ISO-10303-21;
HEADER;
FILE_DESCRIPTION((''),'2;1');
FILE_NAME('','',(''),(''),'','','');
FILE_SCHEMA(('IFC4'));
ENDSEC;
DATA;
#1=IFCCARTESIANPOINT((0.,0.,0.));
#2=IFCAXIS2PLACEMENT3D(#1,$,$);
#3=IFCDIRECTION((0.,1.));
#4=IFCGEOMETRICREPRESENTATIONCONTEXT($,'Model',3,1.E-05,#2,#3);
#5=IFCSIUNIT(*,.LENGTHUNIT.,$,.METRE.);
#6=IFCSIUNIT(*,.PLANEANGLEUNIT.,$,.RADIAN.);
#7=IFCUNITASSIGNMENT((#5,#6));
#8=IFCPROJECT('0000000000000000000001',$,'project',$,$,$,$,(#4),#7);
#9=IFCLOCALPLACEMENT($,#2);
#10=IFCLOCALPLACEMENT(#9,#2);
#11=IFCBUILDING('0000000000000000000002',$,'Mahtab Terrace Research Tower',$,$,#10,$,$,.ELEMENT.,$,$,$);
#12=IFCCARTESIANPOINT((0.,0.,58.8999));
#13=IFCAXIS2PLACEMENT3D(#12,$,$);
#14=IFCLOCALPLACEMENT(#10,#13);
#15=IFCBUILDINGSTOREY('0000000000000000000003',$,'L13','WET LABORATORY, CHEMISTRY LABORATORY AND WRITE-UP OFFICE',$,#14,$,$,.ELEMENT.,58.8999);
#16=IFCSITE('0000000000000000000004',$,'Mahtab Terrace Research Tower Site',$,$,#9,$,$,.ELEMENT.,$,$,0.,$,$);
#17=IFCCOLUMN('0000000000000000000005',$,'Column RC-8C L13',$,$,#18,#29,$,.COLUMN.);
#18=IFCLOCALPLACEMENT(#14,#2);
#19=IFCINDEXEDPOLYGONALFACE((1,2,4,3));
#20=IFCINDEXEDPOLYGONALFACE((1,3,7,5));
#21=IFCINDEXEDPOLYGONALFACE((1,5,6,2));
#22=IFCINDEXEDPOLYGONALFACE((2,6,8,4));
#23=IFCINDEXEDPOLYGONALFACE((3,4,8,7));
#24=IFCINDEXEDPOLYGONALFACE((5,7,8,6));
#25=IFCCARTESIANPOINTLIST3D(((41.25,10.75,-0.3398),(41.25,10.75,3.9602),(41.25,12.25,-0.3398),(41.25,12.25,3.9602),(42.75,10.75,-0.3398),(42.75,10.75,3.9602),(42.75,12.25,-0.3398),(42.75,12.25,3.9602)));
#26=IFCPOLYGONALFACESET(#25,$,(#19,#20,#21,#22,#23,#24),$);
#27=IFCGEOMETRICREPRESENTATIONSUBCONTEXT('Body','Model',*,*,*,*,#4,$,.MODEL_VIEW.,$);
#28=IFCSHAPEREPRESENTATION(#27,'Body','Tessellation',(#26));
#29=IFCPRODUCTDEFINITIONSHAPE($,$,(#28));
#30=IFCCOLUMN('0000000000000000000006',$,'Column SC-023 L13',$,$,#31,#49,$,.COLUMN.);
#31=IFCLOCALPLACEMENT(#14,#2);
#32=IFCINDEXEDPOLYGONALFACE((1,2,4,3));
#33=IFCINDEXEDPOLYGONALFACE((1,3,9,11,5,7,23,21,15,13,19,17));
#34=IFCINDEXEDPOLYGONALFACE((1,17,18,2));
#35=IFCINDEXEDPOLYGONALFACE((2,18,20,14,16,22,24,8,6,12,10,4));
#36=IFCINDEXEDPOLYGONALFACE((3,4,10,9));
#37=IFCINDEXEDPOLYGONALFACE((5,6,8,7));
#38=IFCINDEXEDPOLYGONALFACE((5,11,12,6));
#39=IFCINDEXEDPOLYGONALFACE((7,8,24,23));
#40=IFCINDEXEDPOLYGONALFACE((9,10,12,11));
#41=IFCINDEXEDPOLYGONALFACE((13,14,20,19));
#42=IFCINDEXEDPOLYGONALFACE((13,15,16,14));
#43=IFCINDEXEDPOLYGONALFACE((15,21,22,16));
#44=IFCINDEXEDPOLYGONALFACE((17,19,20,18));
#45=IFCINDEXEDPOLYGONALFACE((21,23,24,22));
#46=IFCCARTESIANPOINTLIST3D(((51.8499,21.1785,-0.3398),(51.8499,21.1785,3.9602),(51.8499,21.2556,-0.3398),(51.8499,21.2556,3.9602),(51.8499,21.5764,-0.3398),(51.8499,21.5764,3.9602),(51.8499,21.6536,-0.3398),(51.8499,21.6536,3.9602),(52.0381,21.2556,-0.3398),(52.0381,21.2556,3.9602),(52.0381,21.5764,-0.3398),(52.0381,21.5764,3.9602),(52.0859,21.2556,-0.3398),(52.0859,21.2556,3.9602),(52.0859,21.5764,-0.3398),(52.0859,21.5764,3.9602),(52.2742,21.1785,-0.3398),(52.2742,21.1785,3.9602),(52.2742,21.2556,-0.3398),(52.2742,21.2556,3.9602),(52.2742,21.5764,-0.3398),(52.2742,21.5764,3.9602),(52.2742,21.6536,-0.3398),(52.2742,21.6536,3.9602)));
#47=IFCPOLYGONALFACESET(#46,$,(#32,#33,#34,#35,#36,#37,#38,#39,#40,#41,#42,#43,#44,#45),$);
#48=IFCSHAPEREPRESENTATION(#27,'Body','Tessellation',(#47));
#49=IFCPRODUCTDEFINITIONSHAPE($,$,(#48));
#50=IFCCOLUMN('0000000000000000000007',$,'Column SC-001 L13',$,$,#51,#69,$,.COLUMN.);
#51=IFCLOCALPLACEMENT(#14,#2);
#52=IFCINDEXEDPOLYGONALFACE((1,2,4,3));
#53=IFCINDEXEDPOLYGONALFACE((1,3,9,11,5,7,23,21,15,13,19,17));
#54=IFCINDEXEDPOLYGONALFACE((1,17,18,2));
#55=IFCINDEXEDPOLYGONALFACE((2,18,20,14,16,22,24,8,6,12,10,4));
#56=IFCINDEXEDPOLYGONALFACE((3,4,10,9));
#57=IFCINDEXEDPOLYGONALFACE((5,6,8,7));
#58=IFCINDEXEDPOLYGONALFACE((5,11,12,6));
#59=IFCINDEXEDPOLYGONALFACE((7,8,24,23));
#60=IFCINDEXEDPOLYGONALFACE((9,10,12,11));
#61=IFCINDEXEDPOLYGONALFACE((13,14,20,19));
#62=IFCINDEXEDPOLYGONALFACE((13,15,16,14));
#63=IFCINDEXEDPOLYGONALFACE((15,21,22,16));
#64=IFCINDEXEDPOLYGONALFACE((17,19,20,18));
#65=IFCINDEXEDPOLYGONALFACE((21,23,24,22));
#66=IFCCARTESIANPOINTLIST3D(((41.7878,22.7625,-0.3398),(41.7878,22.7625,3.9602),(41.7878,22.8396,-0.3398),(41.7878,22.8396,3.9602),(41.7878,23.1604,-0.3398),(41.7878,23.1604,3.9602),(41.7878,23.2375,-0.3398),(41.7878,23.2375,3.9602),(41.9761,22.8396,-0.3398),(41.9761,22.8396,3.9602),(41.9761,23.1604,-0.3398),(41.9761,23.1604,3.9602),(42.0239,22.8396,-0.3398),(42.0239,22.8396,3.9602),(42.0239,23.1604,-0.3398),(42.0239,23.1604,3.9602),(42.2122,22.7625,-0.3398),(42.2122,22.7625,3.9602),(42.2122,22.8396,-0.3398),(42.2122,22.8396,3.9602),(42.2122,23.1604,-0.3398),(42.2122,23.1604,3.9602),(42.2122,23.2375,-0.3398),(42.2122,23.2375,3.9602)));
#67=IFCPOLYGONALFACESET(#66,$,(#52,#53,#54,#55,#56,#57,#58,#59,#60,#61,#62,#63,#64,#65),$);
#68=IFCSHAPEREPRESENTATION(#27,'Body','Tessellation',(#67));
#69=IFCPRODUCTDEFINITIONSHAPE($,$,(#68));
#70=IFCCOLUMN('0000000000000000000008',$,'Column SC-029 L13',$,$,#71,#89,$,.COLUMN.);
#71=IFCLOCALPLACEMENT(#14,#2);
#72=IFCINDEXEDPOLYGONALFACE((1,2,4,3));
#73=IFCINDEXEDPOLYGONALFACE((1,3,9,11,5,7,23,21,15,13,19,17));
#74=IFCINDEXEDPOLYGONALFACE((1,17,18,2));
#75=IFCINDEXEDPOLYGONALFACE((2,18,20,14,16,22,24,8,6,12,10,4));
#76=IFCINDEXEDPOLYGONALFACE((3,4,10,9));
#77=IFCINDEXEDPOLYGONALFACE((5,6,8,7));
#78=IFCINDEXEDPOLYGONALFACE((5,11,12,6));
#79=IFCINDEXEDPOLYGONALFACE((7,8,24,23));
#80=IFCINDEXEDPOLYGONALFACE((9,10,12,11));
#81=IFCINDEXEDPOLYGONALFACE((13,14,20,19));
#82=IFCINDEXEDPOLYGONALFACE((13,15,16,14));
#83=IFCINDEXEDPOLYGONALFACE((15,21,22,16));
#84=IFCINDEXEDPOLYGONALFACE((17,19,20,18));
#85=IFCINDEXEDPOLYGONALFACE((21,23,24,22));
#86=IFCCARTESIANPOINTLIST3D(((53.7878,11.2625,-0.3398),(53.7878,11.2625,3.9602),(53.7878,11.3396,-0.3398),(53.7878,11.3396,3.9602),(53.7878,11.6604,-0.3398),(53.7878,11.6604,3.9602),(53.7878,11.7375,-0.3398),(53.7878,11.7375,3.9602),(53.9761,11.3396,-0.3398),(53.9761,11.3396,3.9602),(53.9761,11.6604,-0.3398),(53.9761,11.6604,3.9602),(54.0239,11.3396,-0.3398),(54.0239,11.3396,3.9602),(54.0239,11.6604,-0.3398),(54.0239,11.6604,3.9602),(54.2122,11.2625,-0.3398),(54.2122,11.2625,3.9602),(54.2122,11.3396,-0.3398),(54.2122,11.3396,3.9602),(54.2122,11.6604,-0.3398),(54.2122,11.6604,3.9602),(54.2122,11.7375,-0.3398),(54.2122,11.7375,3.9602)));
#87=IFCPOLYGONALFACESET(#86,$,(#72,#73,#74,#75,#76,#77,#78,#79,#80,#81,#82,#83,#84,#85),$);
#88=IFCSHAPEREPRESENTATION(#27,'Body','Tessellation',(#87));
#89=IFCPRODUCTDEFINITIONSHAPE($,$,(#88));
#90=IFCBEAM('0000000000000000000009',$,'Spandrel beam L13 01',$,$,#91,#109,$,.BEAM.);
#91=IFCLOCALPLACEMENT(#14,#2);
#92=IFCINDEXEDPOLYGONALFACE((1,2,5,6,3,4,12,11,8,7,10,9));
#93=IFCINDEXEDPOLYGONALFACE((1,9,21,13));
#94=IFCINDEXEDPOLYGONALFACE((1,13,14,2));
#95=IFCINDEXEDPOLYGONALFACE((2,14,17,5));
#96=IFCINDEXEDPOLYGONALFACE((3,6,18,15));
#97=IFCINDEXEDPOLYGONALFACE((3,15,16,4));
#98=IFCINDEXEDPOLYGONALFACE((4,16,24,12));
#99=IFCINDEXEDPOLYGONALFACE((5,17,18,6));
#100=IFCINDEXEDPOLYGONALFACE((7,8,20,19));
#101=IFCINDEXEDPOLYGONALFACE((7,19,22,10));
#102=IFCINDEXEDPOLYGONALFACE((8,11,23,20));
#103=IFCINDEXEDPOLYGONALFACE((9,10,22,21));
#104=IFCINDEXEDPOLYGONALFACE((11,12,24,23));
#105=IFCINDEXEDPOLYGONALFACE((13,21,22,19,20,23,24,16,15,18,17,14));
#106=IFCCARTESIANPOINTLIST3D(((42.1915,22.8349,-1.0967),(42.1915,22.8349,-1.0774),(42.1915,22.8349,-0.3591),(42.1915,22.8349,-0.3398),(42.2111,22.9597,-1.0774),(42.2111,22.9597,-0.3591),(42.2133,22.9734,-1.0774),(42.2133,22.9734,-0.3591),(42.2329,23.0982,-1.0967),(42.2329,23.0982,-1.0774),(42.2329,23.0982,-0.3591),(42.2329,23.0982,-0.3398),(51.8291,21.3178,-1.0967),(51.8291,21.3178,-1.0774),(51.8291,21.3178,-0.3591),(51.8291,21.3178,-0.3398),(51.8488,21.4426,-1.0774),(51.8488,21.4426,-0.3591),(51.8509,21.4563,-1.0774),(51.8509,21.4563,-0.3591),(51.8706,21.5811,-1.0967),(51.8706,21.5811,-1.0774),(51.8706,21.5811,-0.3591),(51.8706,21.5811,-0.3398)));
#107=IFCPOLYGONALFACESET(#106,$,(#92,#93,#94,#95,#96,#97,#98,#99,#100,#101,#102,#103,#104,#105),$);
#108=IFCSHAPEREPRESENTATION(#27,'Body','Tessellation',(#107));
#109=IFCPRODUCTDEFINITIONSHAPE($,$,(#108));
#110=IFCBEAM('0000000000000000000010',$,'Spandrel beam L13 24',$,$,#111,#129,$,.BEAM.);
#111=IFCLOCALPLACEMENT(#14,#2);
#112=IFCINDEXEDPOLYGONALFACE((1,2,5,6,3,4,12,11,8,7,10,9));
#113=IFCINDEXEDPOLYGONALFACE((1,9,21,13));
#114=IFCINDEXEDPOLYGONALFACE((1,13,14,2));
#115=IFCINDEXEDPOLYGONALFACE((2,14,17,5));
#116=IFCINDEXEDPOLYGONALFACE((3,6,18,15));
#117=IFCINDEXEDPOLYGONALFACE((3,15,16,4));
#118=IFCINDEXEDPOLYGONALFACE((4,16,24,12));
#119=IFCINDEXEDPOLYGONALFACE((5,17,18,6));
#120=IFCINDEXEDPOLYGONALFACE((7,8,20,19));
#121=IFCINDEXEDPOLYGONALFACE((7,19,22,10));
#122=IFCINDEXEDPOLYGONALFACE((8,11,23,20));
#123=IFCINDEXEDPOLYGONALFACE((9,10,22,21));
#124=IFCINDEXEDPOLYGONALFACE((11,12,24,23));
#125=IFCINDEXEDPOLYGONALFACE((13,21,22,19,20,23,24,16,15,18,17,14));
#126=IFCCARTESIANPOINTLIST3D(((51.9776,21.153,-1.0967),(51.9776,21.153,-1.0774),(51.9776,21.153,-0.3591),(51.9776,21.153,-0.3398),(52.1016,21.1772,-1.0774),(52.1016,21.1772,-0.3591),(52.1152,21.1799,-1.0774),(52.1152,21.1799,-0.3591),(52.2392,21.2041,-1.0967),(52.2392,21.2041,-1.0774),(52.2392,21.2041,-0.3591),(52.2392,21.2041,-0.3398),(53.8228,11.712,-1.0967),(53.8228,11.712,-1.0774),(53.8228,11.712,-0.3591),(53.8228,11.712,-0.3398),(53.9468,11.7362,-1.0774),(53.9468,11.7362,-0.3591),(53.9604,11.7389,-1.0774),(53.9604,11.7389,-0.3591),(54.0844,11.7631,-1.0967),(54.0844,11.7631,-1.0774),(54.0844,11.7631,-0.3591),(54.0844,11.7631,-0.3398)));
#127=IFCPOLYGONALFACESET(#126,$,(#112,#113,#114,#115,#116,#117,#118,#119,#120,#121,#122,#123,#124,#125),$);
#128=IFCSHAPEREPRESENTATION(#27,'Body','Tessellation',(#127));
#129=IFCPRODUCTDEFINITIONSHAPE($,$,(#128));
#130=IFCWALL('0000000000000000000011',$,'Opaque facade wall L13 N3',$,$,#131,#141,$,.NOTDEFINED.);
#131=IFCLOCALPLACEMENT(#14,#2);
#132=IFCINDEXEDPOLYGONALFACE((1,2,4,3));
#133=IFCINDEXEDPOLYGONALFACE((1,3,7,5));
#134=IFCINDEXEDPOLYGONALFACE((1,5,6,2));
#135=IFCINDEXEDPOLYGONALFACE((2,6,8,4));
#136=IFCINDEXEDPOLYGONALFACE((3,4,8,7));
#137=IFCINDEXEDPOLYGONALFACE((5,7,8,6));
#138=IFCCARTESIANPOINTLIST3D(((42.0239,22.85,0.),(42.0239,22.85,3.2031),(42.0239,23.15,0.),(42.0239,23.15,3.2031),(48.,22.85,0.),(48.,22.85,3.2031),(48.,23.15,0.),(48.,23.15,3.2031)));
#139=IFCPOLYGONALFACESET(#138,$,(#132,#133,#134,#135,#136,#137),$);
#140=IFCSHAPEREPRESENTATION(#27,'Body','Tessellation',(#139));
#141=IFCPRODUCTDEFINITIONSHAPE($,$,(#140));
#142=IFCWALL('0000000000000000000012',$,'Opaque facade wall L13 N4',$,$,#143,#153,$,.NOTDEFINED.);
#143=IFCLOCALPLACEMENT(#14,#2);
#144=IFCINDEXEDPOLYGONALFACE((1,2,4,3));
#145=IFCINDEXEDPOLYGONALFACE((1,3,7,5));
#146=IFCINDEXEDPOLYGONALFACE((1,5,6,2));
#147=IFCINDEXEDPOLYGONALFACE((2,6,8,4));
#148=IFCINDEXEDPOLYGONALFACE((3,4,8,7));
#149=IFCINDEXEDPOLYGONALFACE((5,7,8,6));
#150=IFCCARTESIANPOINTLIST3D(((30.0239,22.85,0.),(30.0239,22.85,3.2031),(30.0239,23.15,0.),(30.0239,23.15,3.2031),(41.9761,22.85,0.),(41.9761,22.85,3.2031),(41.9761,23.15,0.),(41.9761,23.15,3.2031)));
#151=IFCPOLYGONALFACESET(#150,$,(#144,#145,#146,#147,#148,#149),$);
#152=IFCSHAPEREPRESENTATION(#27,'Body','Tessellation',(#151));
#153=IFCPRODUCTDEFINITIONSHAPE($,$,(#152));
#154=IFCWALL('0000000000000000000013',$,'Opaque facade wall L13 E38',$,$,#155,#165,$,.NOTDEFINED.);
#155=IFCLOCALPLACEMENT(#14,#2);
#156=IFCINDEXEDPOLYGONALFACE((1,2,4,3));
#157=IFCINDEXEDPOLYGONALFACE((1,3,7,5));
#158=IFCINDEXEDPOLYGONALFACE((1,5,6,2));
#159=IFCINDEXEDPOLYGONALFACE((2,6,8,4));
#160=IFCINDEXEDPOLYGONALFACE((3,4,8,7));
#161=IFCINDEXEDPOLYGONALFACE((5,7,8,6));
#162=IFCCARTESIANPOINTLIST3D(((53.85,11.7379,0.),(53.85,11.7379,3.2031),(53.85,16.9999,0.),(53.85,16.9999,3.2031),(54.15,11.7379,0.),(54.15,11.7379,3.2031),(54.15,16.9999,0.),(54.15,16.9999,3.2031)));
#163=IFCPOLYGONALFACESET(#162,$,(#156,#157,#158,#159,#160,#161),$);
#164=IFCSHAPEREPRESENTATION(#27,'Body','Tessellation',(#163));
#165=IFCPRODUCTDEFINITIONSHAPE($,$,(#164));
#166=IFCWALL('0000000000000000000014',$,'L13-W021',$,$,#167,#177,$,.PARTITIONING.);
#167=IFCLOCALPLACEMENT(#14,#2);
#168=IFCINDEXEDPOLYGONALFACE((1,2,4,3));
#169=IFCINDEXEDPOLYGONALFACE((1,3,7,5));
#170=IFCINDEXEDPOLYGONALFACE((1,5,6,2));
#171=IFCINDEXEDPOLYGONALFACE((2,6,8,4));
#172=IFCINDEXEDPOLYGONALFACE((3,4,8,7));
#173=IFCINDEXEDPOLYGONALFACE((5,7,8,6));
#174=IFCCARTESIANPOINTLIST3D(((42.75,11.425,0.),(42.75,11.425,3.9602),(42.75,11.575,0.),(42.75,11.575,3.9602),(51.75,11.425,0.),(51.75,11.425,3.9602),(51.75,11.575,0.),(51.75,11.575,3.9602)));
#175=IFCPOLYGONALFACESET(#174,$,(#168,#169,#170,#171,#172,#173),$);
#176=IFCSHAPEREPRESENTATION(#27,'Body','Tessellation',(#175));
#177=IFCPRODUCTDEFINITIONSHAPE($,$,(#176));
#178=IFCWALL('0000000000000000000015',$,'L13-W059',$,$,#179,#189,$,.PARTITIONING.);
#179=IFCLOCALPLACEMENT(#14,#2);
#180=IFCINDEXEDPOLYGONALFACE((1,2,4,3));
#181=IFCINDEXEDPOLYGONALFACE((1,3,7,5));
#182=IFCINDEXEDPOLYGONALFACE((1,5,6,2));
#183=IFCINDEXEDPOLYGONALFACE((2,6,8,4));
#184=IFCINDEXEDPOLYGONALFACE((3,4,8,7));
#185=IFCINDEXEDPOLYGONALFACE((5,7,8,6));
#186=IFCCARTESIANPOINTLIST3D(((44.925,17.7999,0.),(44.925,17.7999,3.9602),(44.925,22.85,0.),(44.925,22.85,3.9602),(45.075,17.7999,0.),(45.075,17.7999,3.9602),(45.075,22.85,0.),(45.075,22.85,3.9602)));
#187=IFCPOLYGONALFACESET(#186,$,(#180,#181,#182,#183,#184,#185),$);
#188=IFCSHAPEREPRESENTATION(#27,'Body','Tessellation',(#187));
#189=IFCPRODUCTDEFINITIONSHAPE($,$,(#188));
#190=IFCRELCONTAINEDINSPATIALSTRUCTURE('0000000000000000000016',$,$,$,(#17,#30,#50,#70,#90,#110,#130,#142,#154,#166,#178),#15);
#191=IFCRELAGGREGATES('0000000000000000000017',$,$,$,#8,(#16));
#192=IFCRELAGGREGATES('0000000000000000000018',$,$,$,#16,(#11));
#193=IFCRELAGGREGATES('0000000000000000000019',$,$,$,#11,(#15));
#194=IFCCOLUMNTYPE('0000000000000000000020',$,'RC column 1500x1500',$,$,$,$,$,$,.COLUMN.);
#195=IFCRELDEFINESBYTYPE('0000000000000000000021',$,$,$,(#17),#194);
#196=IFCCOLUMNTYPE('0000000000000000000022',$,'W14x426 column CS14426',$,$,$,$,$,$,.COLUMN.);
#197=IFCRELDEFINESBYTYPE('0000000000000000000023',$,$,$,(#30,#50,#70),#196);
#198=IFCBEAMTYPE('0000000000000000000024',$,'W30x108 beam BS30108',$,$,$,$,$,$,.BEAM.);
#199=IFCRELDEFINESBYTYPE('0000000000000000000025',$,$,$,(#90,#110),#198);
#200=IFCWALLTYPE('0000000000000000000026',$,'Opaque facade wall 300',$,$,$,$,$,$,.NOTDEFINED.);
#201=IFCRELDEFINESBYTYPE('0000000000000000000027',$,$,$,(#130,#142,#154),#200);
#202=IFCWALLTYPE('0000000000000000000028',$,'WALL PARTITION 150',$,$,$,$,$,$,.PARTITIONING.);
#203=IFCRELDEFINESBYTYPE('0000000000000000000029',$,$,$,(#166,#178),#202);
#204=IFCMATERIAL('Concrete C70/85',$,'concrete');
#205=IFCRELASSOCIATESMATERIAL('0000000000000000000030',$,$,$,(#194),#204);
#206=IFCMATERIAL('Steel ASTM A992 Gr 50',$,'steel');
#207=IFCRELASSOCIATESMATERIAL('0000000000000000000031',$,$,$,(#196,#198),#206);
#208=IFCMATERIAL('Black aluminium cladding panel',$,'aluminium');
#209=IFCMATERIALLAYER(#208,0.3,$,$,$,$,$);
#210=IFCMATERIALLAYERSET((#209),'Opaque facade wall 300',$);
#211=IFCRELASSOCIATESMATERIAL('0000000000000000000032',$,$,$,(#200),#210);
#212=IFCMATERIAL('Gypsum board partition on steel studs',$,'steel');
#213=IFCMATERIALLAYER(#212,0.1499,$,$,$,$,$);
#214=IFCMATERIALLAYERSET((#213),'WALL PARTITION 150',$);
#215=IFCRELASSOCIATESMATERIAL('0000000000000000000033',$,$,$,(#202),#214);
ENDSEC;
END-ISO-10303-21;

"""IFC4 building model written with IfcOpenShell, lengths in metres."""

from ifc_helpers import new_model, si_unit, direction, frame, frame_2d, origin, origin_2d, place, context, subcontext, project, spatial, rectangle, i_section, extrude, material, layer, layer_set, material_profile, profile_set, type_object, element, save


model = new_model("IFC4")

# Units and contexts
model_context = context("Model", 3, precision=1e-05, world=origin(), true_north=direction((0.0, 1.0)))
body_context = subcontext(model_context, "Body", "Model", "MODEL_VIEW")
ifc_project = project(units=[si_unit("LENGTHUNIT", "METRE"), si_unit("PLANEANGLEUNIT", "RADIAN")], contexts=[model_context])

# Site, building, storey
site_placement = place(None, origin())
site = spatial("IfcSite", under=ifc_project, at=site_placement, Name="Mahtab Terrace Research Tower Site", CompositionType="ELEMENT", RefElevation=0.0)
building_placement = place(site_placement, origin())
building = spatial("IfcBuilding", under=site, at=building_placement, Name="Mahtab Terrace Research Tower", CompositionType="ELEMENT")
storey_placement = place(building_placement, frame((0.0, 0.0, 58.8999)))
storey = spatial("IfcBuildingStorey", under=building, at=storey_placement, Name="L13", Description="WET LABORATORY, CHEMISTRY LABORATORY AND WRITE-UP OFFICE", CompositionType="ELEMENT", Elevation=58.8999)

# Columns
ifc_material_1 = material(Name="Concrete C70/85", Category="concrete")
ifc_material_profile_1 = material_profile(ifc_material_1, rectangle(XDim=1.5, YDim=1.5, at=origin_2d()), Name="RC column 1500x1500")
ifc_profile_set_1 = profile_set([ifc_material_profile_1], Name="Concrete C70/85")
column_type_1 = type_object("IfcColumnType", Name="RC column 1500x1500", PredefinedType="COLUMN", material=ifc_profile_set_1)
column_placement = place(storey_placement, frame((42.0, 11.5, -0.3398), z_axis=(0.0, 0.0, 1.0), x_axis=(1.0, 0.0, 0.0)))
element("IfcColumn", 1, at=column_placement, inside=storey, type_object=column_type_1, Name="Column RC-8C L13", PredefinedType="COLUMN", context=body_context, shape_type="SweptSolid", body=[
    extrude(rectangle(XDim=1.5, YDim=1.5, at=origin_2d()), origin(), (0.0, 0.0, 1.0), 4.3),
])
ifc_material_2 = material(Name="Steel ASTM A992 Gr 50", Category="steel")
ifc_material_profile_2 = material_profile(ifc_material_2, i_section(OverallWidth=0.4243, OverallDepth=0.4751, WebThickness=0.0479, FlangeThickness=0.0771, at=origin_2d()), Name="W14X426")
ifc_profile_set_2 = profile_set([ifc_material_profile_2], Name="Steel ASTM A992 Gr 50")
column_type_2 = type_object("IfcColumnType", Name="W14x426 column CS14426", PredefinedType="COLUMN", material=ifc_profile_set_2)
for number, where, z_axis, x_axis, name in (
    (2, (52.062, 21.416, -0.3398), (0.0, 0.0, 1.0), (1.0, 0.0, 0.0), "Column SC-023 L13"),
    (3, (42.0, 23.0, -0.3398), (0.0, 0.0, 1.0), (1.0, 0.0, 0.0), "Column SC-001 L13"),
    (4, (54.0, 11.5, -0.3398), (0.0, 0.0, 1.0), (1.0, 0.0, 0.0), "Column SC-029 L13"),
):
    element("IfcColumn", number, at=place(storey_placement, frame(where, z_axis=z_axis, x_axis=x_axis)), inside=storey, type_object=column_type_2, Name=name, PredefinedType="COLUMN", context=body_context, shape_type="SweptSolid", body=[
        extrude(i_section(OverallWidth=0.4243, OverallDepth=0.4751, WebThickness=0.0479, FlangeThickness=0.0771, at=origin_2d()), origin(), (0.0, 0.0, 1.0), 4.3),
    ])

# Beams
ifc_material_profile_3 = material_profile(ifc_material_2, i_section(OverallWidth=0.2666, OverallDepth=0.7568, WebThickness=0.0139, FlangeThickness=0.0193, at=origin_2d()), Name="W30X108")
ifc_profile_set_3 = profile_set([ifc_material_profile_3], Name="Steel ASTM A992 Gr 50")
beam_type = type_object("IfcBeamType", Name="W30x108 beam BS30108", PredefinedType="BEAM", material=ifc_profile_set_3)
beam_1_placement = place(storey_placement, frame((51.8499, 21.4495, -0.7183), z_axis=(-0.987836, 0.155497, 0.0), x_axis=(-0.155497, -0.987836, 0.0)))
element("IfcBeam", 5, at=beam_1_placement, inside=storey, type_object=beam_type, Name="Spandrel beam L13 01", PredefinedType="BEAM", context=body_context, shape_type="SweptSolid", body=[
    extrude(i_section(OverallWidth=0.2666, OverallDepth=0.7568, WebThickness=0.0139, FlangeThickness=0.0193, at=origin_2d()), origin(), (0.0, 0.0, 1.0), 9.7563),
])
beam_2_placement = place(storey_placement, frame((53.9536, 11.7375, -0.7183), z_axis=(-0.191819, 0.98143, 0.0), x_axis=(-0.98143, -0.191819, 0.0)))
element("IfcBeam", 6, at=beam_2_placement, inside=storey, type_object=beam_type, Name="Spandrel beam L13 24", PredefinedType="BEAM", context=body_context, shape_type="SweptSolid", body=[
    extrude(i_section(OverallWidth=0.2666, OverallDepth=0.7568, WebThickness=0.0139, FlangeThickness=0.0193, at=origin_2d()), origin(), (0.0, 0.0, 1.0), 9.6196),
])

# Walls
ifc_material_3 = material(Name="Black aluminium cladding panel", Category="aluminium")
ifc_layer_1 = layer(ifc_material_3, 0.3)
ifc_layer_set_1 = layer_set([ifc_layer_1], Name="Opaque facade wall 300")
wall_type_1 = type_object("IfcWallType", Name="Opaque facade wall 300", PredefinedType="NOTDEFINED", material=ifc_layer_set_1)
wall_1_placement = place(storey_placement, frame((48.0, 23.0, 0.0), z_axis=(0.0, 0.0, 1.0), x_axis=(-1.0, 0.0, 0.0)))
element("IfcWall", 7, at=wall_1_placement, inside=storey, type_object=wall_type_1, Name="Opaque facade wall L13 N3", PredefinedType="NOTDEFINED", context=body_context, shape_type="SweptSolid", body=[
    extrude(rectangle(XDim=5.9761, YDim=0.3, at=frame_2d((2.988, 0.0))), origin(), (0.0, 0.0, 1.0), 3.2031),
])
wall_2_placement = place(storey_placement, frame((41.9761, 23.0, 0.0), z_axis=(0.0, 0.0, 1.0), x_axis=(-1.0, 0.0, 0.0)))
element("IfcWall", 8, at=wall_2_placement, inside=storey, type_object=wall_type_1, Name="Opaque facade wall L13 N4", PredefinedType="NOTDEFINED", context=body_context, shape_type="SweptSolid", body=[
    extrude(rectangle(XDim=11.9521, YDim=0.3, at=frame_2d((5.9761, 0.0))), origin(), (0.0, 0.0, 1.0), 3.2031),
])
wall_3_placement = place(storey_placement, frame((54.0, 11.738, 0.0), z_axis=(0.0, 0.0, 1.0), x_axis=(0.0, 1.0, 0.0)))
element("IfcWall", 9, at=wall_3_placement, inside=storey, type_object=wall_type_1, Name="Opaque facade wall L13 E38", PredefinedType="NOTDEFINED", context=body_context, shape_type="SweptSolid", body=[
    extrude(rectangle(XDim=5.262, YDim=0.3, at=frame_2d((2.6309, 0.0))), origin(), (0.0, 0.0, 1.0), 3.2031),
])
ifc_material_4 = material(Name="Gypsum board partition on steel studs", Category="steel")
ifc_layer_2 = layer(ifc_material_4, 0.1499)
ifc_layer_set_2 = layer_set([ifc_layer_2], Name="WALL PARTITION 150")
wall_type_2 = type_object("IfcWallType", Name="WALL PARTITION 150", PredefinedType="PARTITIONING", material=ifc_layer_set_2)
wall_4_placement = place(storey_placement, frame((42.75, 11.5, 0.0), z_axis=(0.0, 0.0, 1.0), x_axis=(1.0, 0.0, 0.0)))
element("IfcWall", 10, at=wall_4_placement, inside=storey, type_object=wall_type_2, Name="L13-W021", PredefinedType="PARTITIONING", context=body_context, shape_type="SweptSolid", body=[
    extrude(rectangle(XDim=9.0, YDim=0.1499, at=frame_2d((4.5, 0.0))), origin(), (0.0, 0.0, 1.0), 3.9602),
])
wall_5_placement = place(storey_placement, frame((45.0, 17.8, 0.0), z_axis=(0.0, 0.0, 1.0), x_axis=(0.0, 1.0, 0.0)))
element("IfcWall", 11, at=wall_5_placement, inside=storey, type_object=wall_type_2, Name="L13-W059", PredefinedType="PARTITIONING", context=body_context, shape_type="SweptSolid", body=[
    extrude(rectangle(XDim=5.05, YDim=0.1499, at=frame_2d((2.5249, 0.0))), origin(), (0.0, 0.0, 1.0), 3.9602),
])

save(model, "model.ifc")
